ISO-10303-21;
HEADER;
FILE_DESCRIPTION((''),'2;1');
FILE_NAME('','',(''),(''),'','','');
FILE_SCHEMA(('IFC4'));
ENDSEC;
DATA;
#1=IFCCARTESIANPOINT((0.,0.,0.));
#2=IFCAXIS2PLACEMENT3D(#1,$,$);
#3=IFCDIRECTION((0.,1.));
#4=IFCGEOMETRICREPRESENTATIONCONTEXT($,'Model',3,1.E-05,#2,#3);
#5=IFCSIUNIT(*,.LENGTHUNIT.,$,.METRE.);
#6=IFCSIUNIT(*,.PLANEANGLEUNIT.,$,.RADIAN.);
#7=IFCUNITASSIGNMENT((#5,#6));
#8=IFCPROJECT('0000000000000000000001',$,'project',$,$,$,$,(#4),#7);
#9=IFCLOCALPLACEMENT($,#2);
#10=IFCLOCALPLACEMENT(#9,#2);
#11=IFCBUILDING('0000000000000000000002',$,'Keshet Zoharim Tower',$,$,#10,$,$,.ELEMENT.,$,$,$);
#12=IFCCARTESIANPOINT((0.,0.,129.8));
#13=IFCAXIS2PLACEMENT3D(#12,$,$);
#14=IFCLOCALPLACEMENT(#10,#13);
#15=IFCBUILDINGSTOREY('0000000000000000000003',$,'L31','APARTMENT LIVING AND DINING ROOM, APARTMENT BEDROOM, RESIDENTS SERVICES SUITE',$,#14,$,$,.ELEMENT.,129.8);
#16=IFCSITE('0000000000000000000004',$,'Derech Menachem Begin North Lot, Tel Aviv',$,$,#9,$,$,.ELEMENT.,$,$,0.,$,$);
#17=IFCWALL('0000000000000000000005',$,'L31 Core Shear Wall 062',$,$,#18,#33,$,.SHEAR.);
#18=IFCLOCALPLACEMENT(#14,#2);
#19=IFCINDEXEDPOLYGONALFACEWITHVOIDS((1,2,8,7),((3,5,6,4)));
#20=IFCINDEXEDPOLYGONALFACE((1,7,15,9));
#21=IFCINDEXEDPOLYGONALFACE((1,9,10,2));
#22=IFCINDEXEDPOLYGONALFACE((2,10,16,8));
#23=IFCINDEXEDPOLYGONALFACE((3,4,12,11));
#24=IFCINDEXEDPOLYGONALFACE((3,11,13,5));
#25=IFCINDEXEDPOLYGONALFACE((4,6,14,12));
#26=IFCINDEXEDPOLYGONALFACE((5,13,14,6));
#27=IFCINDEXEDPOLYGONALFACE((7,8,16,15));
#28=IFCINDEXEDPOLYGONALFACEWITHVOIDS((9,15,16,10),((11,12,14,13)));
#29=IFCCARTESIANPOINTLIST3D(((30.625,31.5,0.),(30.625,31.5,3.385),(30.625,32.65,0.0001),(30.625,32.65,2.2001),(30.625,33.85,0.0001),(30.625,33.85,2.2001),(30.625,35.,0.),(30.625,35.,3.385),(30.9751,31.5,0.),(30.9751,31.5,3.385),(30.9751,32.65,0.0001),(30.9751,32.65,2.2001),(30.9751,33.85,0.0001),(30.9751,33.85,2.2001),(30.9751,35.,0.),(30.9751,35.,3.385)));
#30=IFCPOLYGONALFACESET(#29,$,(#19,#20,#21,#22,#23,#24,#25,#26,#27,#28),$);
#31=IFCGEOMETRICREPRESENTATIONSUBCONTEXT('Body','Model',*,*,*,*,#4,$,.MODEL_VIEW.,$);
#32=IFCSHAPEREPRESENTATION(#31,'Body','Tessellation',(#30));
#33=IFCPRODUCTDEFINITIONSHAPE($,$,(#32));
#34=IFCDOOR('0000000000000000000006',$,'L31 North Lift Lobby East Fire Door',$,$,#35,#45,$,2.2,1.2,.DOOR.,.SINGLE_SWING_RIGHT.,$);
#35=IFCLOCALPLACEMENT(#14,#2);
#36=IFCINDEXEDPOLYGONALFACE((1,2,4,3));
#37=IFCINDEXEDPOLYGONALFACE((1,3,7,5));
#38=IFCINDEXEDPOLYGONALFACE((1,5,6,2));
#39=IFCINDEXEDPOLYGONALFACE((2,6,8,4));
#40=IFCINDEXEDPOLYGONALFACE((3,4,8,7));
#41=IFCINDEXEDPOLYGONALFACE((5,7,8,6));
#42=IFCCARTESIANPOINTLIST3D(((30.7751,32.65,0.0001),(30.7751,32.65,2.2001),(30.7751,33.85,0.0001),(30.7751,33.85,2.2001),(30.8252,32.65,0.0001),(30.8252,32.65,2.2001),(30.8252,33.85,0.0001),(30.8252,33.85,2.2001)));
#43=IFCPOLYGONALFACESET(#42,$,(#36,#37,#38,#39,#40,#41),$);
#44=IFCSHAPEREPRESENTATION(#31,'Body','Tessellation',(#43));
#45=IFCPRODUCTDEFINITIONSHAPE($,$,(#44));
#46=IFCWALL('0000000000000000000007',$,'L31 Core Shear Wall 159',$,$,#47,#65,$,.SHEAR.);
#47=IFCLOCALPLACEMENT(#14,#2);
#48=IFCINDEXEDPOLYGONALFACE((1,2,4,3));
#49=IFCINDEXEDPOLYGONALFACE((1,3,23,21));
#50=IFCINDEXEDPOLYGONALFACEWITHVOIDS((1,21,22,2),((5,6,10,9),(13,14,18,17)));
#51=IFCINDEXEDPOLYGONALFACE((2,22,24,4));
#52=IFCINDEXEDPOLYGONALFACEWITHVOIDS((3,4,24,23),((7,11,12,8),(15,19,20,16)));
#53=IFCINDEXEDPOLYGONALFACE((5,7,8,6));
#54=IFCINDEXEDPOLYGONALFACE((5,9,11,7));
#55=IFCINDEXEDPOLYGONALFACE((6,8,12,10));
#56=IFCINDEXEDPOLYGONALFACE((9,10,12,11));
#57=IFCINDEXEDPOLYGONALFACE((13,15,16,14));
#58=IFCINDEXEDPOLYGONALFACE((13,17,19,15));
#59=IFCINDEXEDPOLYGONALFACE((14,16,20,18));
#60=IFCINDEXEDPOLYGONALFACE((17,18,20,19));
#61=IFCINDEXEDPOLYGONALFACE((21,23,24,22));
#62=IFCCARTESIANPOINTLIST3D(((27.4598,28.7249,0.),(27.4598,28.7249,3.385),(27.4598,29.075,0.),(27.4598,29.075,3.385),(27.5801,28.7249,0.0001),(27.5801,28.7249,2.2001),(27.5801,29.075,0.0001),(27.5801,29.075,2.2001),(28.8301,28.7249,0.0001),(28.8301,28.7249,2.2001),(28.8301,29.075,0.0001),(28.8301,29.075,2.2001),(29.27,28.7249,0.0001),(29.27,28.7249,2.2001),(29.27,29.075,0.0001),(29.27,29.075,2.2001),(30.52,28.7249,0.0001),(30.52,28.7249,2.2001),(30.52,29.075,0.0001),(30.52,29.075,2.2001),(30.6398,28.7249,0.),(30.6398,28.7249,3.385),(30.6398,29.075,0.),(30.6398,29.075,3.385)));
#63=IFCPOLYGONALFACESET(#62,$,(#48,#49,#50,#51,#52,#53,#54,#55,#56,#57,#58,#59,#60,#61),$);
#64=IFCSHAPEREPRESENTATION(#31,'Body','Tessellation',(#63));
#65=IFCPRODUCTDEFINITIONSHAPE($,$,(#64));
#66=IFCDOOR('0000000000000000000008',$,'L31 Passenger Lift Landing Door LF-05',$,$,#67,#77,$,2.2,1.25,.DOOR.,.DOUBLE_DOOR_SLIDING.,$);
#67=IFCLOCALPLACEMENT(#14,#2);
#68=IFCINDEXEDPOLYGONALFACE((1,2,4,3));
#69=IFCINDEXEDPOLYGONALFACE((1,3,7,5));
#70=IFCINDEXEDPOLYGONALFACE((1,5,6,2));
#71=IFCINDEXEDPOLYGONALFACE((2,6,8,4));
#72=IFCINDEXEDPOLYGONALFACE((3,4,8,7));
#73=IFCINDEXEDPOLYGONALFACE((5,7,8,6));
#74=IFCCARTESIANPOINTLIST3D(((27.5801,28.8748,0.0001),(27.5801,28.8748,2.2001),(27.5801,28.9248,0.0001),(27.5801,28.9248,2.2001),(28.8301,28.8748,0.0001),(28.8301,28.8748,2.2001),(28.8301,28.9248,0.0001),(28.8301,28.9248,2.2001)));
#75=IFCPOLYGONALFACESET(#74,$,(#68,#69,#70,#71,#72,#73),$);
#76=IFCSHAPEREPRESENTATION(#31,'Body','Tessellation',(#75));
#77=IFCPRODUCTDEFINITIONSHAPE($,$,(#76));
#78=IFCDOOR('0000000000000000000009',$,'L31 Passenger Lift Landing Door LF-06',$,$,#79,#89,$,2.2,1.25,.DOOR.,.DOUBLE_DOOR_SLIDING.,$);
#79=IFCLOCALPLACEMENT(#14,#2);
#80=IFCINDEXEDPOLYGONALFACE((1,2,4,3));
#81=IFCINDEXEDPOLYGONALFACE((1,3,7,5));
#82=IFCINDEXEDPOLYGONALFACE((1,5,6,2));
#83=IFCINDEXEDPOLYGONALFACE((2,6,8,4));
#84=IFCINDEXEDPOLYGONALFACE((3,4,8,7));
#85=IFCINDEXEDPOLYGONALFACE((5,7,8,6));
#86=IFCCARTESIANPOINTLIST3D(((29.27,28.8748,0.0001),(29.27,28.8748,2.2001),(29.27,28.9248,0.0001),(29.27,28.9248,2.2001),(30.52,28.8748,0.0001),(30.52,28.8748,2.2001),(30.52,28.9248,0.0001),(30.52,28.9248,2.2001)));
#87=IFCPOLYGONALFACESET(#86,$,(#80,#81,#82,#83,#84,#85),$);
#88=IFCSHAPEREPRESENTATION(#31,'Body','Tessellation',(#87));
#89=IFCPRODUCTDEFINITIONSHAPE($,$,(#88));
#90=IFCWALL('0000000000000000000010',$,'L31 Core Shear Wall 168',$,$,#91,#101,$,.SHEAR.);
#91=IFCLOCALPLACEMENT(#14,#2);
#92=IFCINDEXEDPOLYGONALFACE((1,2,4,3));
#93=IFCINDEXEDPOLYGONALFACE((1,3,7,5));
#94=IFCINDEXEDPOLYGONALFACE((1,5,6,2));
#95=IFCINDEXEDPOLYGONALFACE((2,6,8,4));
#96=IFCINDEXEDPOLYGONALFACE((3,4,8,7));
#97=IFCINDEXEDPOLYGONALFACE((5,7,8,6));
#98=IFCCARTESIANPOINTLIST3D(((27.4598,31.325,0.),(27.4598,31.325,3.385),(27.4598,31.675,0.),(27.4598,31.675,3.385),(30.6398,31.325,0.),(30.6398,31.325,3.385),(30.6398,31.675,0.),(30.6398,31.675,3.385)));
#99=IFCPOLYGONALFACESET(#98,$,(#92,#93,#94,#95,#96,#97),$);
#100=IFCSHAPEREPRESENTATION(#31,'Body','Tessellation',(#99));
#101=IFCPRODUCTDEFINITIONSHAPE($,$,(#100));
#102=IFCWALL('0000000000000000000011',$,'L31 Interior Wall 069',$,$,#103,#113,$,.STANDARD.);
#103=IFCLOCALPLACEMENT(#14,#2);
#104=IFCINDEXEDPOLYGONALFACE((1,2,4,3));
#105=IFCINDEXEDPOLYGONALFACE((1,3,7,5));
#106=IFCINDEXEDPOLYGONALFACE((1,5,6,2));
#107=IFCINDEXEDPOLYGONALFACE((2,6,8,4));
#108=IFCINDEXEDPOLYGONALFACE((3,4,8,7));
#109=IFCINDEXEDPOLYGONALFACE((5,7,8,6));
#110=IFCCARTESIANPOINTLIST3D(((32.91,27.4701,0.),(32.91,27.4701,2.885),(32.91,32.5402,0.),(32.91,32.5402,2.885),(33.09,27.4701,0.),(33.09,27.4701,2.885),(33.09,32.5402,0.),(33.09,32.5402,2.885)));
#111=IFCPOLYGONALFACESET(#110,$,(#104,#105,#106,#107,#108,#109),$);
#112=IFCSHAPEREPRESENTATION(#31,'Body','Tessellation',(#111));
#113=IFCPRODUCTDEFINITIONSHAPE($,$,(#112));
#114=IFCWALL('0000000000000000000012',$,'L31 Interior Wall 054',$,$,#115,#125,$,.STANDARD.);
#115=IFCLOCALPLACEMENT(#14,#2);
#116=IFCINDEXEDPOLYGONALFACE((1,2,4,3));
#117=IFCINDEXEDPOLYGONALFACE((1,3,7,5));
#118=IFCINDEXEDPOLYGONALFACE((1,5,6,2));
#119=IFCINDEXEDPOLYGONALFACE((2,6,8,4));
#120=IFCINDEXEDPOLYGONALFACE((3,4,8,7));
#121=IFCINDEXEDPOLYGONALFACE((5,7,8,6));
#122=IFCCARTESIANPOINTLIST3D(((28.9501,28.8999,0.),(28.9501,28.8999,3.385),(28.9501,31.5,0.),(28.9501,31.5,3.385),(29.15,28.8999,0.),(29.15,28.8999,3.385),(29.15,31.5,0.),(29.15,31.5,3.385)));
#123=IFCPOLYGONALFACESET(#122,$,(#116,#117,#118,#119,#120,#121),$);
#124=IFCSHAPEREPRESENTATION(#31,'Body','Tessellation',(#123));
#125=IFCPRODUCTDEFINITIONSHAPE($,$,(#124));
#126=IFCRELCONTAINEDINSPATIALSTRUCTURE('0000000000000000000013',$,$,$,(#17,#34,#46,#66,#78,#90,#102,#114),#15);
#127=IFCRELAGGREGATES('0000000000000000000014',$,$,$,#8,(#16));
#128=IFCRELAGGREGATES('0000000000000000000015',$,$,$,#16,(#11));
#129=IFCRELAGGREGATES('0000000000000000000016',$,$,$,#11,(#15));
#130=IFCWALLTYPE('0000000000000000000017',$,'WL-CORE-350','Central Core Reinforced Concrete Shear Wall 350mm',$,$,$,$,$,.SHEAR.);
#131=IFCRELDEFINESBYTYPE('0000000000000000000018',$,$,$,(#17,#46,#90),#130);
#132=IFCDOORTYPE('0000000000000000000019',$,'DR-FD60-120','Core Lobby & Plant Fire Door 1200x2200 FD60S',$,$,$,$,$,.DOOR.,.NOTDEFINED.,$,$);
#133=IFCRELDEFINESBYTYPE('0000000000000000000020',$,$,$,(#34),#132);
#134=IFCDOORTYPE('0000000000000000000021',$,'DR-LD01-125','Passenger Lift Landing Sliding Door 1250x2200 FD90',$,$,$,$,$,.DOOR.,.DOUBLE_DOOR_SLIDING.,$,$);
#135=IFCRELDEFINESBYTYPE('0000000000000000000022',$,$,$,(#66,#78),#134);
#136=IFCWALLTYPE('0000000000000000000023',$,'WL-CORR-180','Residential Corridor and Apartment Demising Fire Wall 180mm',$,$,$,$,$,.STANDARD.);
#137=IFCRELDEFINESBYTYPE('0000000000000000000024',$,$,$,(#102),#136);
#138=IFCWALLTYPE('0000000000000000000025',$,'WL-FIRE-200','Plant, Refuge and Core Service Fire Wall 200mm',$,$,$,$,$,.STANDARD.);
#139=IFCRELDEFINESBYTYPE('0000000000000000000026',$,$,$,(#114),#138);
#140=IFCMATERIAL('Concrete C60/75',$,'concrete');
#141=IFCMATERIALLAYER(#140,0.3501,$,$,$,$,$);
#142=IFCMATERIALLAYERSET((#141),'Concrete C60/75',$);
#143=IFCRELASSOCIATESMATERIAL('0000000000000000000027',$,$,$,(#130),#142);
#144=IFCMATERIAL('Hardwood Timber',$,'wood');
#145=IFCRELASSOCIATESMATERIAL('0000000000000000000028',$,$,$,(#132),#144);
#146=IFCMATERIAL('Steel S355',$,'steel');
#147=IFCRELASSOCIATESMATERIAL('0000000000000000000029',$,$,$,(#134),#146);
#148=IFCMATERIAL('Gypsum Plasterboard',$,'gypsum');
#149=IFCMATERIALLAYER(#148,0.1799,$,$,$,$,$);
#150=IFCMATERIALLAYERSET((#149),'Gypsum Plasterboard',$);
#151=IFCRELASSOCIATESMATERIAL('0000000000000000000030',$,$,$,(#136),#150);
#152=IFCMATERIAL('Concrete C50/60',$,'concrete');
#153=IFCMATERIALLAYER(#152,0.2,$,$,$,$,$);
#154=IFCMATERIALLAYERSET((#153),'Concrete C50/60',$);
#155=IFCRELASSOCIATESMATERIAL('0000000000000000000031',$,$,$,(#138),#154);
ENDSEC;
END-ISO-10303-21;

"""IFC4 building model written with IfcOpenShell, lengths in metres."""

from ifc_helpers import new_model, si_unit, direction, frame, frame_2d, origin, place, context, subcontext, project, spatial, rectangle, extrude, material, layer, layer_set, type_object, element, fill, save


model = new_model("IFC4")

# Units and contexts
model_context = context("Model", 3, precision=1e-05, world=origin(), true_north=direction((0.0, 1.0)))
body_context = subcontext(model_context, "Body", "Model", "MODEL_VIEW")
ifc_project = project(units=[si_unit("LENGTHUNIT", "METRE"), si_unit("PLANEANGLEUNIT", "RADIAN")], contexts=[model_context])

# Site, building, storey
site_placement = place(None, origin())
site = spatial("IfcSite", under=ifc_project, at=site_placement, Name="Derech Menachem Begin North Lot, Tel Aviv", CompositionType="ELEMENT", RefElevation=0.0)
building_placement = place(site_placement, origin())
building = spatial("IfcBuilding", under=site, at=building_placement, Name="Keshet Zoharim Tower", CompositionType="ELEMENT")
storey_placement = place(building_placement, frame((0.0, 0.0, 129.8)))
storey = spatial("IfcBuildingStorey", under=building, at=storey_placement, Name="L31", Description="APARTMENT LIVING AND DINING ROOM, APARTMENT BEDROOM, RESIDENTS SERVICES SUITE", CompositionType="ELEMENT", Elevation=129.8)

# Shared definitions
ifc_material_1 = material(Name="Concrete C60/75", Category="concrete")

# Shared definitions
ifc_material_2 = material(Name="Steel S355", Category="steel")

# Shared definitions
ifc_layer_1 = layer(ifc_material_1, 0.3501)
ifc_layer_set_1 = layer_set([ifc_layer_1], Name="Concrete C60/75")
wall_type_1 = type_object("IfcWallType", Name="WL-CORE-350", Description="Central Core Reinforced Concrete Shear Wall 350mm", PredefinedType="SHEAR", material=ifc_layer_set_1)

# Wall, opening, door
wall_1_placement = place(storey_placement, frame((30.8, 31.5, 0.0), z_axis=(0.0, 0.0, 1.0), x_axis=(0.0, 1.0, 0.0)))
wall_1 = element("IfcWall", 1, at=wall_1_placement, inside=storey, type_object=wall_type_1, Name="L31 Core Shear Wall 062", PredefinedType="SHEAR", context=body_context, shape_type="SweptSolid", body=[
    extrude(rectangle(XDim=3.5, YDim=0.3501, at=frame_2d((1.75, 0.0))), origin(), (0.0, 0.0, 1.0), 3.385),
])
opening_1_placement = place(wall_1_placement, frame((1.1499, 0.0, 0.0)))
opening_1 = element("IfcOpeningElement", 2, at=opening_1_placement, cuts=wall_1, PredefinedType="OPENING", context=body_context, shape_type="SweptSolid", body=[
    extrude(rectangle(XDim=1.2, YDim=2.2, at=frame_2d((0.6001, 1.1001))), frame((0.0, 0.1851, 0.0), z_axis=(0.0, -1.0, 0.0), x_axis=(1.0, 0.0, 0.0)), (0.0, 0.0, 1.0), 0.3701),
])
ifc_material_3 = material(Name="Hardwood Timber", Category="wood")
door_type_1 = type_object("IfcDoorType", Name="DR-FD60-120", Description="Core Lobby & Plant Fire Door 1200x2200 FD60S", OperationType="NOTDEFINED", PredefinedType="DOOR", material=ifc_material_3)
door_1_placement = place(opening_1_placement, origin())
door_1 = element("IfcDoor", 3, at=door_1_placement, inside=storey, type_object=door_type_1, Name="L31 North Lift Lobby East Fire Door", OperationType="SINGLE_SWING_RIGHT", OverallHeight=2.2, OverallWidth=1.2, PredefinedType="DOOR", context=body_context, shape_type="SweptSolid", body=[
    extrude(rectangle(XDim=1.2, YDim=2.2, at=frame_2d((0.6001, 1.1001))), frame((0.0, 0.0249, 0.0), z_axis=(0.0, -1.0, 0.0), x_axis=(1.0, 0.0, 0.0)), (0.0, 0.0, 1.0), 0.05),
])
fill(opening_1, door_1)

# Wall, openings, doors
wall_2_placement = place(storey_placement, frame((27.46, 28.8999, 0.0), z_axis=(0.0, 0.0, 1.0), x_axis=(1.0, 0.0, 0.0)))
wall_2 = element("IfcWall", 4, at=wall_2_placement, inside=storey, type_object=wall_type_1, Name="L31 Core Shear Wall 159", PredefinedType="SHEAR", context=body_context, shape_type="SweptSolid", body=[
    extrude(rectangle(XDim=3.1799, YDim=0.3501, at=frame_2d((1.5898, 0.0))), origin(), (0.0, 0.0, 1.0), 3.385),
])
opening_2_placement = place(wall_2_placement, frame((0.1201, 0.0, 0.0)))
opening_2 = element("IfcOpeningElement", 5, at=opening_2_placement, cuts=wall_2, PredefinedType="OPENING", context=body_context, shape_type="SweptSolid", body=[
    extrude(rectangle(XDim=1.25, YDim=2.2, at=frame_2d((0.625, 1.1001))), frame((0.0, 0.1851, 0.0), z_axis=(0.0, -1.0, 0.0), x_axis=(1.0, 0.0, 0.0)), (0.0, 0.0, 1.0), 0.3701),
])
opening_3_placement = place(wall_2_placement, frame((1.8101, 0.0, 0.0)))
opening_3 = element("IfcOpeningElement", 6, at=opening_3_placement, cuts=wall_2, PredefinedType="OPENING", context=body_context, shape_type="SweptSolid", body=[
    extrude(rectangle(XDim=1.25, YDim=2.2, at=frame_2d((0.625, 1.1001))), frame((0.0, 0.1851, 0.0), z_axis=(0.0, -1.0, 0.0), x_axis=(1.0, 0.0, 0.0)), (0.0, 0.0, 1.0), 0.3701),
])
door_type_2 = type_object("IfcDoorType", Name="DR-LD01-125", Description="Passenger Lift Landing Sliding Door 1250x2200 FD90", OperationType="DOUBLE_DOOR_SLIDING", PredefinedType="DOOR", material=ifc_material_2)
door_2_placement = place(opening_2_placement, origin())
door_2 = element("IfcDoor", 7, at=door_2_placement, inside=storey, type_object=door_type_2, Name="L31 Passenger Lift Landing Door LF-05", OperationType="DOUBLE_DOOR_SLIDING", OverallHeight=2.2, OverallWidth=1.25, PredefinedType="DOOR", context=body_context, shape_type="SweptSolid", body=[
    extrude(rectangle(XDim=1.25, YDim=2.2, at=frame_2d((0.625, 1.1001))), frame((0.0, 0.0249, 0.0), z_axis=(0.0, -1.0, 0.0), x_axis=(1.0, 0.0, 0.0)), (0.0, 0.0, 1.0), 0.05),
])
fill(opening_2, door_2)
door_3_placement = place(opening_3_placement, origin())
door_3 = element("IfcDoor", 8, at=door_3_placement, inside=storey, type_object=door_type_2, Name="L31 Passenger Lift Landing Door LF-06", OperationType="DOUBLE_DOOR_SLIDING", OverallHeight=2.2, OverallWidth=1.25, PredefinedType="DOOR", context=body_context, shape_type="SweptSolid", body=[
    extrude(rectangle(XDim=1.25, YDim=2.2, at=frame_2d((0.625, 1.1001))), frame((0.0, 0.0249, 0.0), z_axis=(0.0, -1.0, 0.0), x_axis=(1.0, 0.0, 0.0)), (0.0, 0.0, 1.0), 0.05),
])
fill(opening_3, door_3)

# Walls
wall_3_placement = place(storey_placement, frame((27.46, 31.5, 0.0), z_axis=(0.0, 0.0, 1.0), x_axis=(1.0, 0.0, 0.0)))
element("IfcWall", 9, at=wall_3_placement, inside=storey, type_object=wall_type_1, Name="L31 Core Shear Wall 168", PredefinedType="SHEAR", context=body_context, shape_type="SweptSolid", body=[
    extrude(rectangle(XDim=3.1799, YDim=0.3501, at=frame_2d((1.5898, 0.0))), origin(), (0.0, 0.0, 1.0), 3.385),
])
ifc_material_4 = material(Name="Gypsum Plasterboard", Category="gypsum")
ifc_layer_2 = layer(ifc_material_4, 0.1799)
ifc_layer_set_2 = layer_set([ifc_layer_2], Name="Gypsum Plasterboard")
wall_type_2 = type_object("IfcWallType", Name="WL-CORR-180", Description="Residential Corridor and Apartment Demising Fire Wall 180mm", PredefinedType="STANDARD", material=ifc_layer_set_2)
wall_4_placement = place(storey_placement, frame((33.0, 27.47, 0.0), z_axis=(0.0, 0.0, 1.0), x_axis=(0.0, 1.0, 0.0)))
element("IfcWall", 10, at=wall_4_placement, inside=storey, type_object=wall_type_2, Name="L31 Interior Wall 069", PredefinedType="STANDARD", context=body_context, shape_type="SweptSolid", body=[
    extrude(rectangle(XDim=5.0701, YDim=0.1799, at=frame_2d((2.5352, 0.0))), origin(), (0.0, 0.0, 1.0), 2.885),
])
ifc_material_5 = material(Name="Concrete C50/60", Category="concrete")
ifc_layer_3 = layer(ifc_material_5, 0.2)
ifc_layer_set_3 = layer_set([ifc_layer_3], Name="Concrete C50/60")
wall_type_3 = type_object("IfcWallType", Name="WL-FIRE-200", Description="Plant, Refuge and Core Service Fire Wall 200mm", PredefinedType="STANDARD", material=ifc_layer_set_3)
wall_5_placement = place(storey_placement, frame((29.05, 28.8999, 0.0), z_axis=(0.0, 0.0, 1.0), x_axis=(0.0, 1.0, 0.0)))
element("IfcWall", 11, at=wall_5_placement, inside=storey, type_object=wall_type_3, Name="L31 Interior Wall 054", PredefinedType="STANDARD", context=body_context, shape_type="SweptSolid", body=[
    extrude(rectangle(XDim=2.6001, YDim=0.2, at=frame_2d((1.3, 0.0))), origin(), (0.0, 0.0, 1.0), 3.385),
])

save(model, "model.ifc")
